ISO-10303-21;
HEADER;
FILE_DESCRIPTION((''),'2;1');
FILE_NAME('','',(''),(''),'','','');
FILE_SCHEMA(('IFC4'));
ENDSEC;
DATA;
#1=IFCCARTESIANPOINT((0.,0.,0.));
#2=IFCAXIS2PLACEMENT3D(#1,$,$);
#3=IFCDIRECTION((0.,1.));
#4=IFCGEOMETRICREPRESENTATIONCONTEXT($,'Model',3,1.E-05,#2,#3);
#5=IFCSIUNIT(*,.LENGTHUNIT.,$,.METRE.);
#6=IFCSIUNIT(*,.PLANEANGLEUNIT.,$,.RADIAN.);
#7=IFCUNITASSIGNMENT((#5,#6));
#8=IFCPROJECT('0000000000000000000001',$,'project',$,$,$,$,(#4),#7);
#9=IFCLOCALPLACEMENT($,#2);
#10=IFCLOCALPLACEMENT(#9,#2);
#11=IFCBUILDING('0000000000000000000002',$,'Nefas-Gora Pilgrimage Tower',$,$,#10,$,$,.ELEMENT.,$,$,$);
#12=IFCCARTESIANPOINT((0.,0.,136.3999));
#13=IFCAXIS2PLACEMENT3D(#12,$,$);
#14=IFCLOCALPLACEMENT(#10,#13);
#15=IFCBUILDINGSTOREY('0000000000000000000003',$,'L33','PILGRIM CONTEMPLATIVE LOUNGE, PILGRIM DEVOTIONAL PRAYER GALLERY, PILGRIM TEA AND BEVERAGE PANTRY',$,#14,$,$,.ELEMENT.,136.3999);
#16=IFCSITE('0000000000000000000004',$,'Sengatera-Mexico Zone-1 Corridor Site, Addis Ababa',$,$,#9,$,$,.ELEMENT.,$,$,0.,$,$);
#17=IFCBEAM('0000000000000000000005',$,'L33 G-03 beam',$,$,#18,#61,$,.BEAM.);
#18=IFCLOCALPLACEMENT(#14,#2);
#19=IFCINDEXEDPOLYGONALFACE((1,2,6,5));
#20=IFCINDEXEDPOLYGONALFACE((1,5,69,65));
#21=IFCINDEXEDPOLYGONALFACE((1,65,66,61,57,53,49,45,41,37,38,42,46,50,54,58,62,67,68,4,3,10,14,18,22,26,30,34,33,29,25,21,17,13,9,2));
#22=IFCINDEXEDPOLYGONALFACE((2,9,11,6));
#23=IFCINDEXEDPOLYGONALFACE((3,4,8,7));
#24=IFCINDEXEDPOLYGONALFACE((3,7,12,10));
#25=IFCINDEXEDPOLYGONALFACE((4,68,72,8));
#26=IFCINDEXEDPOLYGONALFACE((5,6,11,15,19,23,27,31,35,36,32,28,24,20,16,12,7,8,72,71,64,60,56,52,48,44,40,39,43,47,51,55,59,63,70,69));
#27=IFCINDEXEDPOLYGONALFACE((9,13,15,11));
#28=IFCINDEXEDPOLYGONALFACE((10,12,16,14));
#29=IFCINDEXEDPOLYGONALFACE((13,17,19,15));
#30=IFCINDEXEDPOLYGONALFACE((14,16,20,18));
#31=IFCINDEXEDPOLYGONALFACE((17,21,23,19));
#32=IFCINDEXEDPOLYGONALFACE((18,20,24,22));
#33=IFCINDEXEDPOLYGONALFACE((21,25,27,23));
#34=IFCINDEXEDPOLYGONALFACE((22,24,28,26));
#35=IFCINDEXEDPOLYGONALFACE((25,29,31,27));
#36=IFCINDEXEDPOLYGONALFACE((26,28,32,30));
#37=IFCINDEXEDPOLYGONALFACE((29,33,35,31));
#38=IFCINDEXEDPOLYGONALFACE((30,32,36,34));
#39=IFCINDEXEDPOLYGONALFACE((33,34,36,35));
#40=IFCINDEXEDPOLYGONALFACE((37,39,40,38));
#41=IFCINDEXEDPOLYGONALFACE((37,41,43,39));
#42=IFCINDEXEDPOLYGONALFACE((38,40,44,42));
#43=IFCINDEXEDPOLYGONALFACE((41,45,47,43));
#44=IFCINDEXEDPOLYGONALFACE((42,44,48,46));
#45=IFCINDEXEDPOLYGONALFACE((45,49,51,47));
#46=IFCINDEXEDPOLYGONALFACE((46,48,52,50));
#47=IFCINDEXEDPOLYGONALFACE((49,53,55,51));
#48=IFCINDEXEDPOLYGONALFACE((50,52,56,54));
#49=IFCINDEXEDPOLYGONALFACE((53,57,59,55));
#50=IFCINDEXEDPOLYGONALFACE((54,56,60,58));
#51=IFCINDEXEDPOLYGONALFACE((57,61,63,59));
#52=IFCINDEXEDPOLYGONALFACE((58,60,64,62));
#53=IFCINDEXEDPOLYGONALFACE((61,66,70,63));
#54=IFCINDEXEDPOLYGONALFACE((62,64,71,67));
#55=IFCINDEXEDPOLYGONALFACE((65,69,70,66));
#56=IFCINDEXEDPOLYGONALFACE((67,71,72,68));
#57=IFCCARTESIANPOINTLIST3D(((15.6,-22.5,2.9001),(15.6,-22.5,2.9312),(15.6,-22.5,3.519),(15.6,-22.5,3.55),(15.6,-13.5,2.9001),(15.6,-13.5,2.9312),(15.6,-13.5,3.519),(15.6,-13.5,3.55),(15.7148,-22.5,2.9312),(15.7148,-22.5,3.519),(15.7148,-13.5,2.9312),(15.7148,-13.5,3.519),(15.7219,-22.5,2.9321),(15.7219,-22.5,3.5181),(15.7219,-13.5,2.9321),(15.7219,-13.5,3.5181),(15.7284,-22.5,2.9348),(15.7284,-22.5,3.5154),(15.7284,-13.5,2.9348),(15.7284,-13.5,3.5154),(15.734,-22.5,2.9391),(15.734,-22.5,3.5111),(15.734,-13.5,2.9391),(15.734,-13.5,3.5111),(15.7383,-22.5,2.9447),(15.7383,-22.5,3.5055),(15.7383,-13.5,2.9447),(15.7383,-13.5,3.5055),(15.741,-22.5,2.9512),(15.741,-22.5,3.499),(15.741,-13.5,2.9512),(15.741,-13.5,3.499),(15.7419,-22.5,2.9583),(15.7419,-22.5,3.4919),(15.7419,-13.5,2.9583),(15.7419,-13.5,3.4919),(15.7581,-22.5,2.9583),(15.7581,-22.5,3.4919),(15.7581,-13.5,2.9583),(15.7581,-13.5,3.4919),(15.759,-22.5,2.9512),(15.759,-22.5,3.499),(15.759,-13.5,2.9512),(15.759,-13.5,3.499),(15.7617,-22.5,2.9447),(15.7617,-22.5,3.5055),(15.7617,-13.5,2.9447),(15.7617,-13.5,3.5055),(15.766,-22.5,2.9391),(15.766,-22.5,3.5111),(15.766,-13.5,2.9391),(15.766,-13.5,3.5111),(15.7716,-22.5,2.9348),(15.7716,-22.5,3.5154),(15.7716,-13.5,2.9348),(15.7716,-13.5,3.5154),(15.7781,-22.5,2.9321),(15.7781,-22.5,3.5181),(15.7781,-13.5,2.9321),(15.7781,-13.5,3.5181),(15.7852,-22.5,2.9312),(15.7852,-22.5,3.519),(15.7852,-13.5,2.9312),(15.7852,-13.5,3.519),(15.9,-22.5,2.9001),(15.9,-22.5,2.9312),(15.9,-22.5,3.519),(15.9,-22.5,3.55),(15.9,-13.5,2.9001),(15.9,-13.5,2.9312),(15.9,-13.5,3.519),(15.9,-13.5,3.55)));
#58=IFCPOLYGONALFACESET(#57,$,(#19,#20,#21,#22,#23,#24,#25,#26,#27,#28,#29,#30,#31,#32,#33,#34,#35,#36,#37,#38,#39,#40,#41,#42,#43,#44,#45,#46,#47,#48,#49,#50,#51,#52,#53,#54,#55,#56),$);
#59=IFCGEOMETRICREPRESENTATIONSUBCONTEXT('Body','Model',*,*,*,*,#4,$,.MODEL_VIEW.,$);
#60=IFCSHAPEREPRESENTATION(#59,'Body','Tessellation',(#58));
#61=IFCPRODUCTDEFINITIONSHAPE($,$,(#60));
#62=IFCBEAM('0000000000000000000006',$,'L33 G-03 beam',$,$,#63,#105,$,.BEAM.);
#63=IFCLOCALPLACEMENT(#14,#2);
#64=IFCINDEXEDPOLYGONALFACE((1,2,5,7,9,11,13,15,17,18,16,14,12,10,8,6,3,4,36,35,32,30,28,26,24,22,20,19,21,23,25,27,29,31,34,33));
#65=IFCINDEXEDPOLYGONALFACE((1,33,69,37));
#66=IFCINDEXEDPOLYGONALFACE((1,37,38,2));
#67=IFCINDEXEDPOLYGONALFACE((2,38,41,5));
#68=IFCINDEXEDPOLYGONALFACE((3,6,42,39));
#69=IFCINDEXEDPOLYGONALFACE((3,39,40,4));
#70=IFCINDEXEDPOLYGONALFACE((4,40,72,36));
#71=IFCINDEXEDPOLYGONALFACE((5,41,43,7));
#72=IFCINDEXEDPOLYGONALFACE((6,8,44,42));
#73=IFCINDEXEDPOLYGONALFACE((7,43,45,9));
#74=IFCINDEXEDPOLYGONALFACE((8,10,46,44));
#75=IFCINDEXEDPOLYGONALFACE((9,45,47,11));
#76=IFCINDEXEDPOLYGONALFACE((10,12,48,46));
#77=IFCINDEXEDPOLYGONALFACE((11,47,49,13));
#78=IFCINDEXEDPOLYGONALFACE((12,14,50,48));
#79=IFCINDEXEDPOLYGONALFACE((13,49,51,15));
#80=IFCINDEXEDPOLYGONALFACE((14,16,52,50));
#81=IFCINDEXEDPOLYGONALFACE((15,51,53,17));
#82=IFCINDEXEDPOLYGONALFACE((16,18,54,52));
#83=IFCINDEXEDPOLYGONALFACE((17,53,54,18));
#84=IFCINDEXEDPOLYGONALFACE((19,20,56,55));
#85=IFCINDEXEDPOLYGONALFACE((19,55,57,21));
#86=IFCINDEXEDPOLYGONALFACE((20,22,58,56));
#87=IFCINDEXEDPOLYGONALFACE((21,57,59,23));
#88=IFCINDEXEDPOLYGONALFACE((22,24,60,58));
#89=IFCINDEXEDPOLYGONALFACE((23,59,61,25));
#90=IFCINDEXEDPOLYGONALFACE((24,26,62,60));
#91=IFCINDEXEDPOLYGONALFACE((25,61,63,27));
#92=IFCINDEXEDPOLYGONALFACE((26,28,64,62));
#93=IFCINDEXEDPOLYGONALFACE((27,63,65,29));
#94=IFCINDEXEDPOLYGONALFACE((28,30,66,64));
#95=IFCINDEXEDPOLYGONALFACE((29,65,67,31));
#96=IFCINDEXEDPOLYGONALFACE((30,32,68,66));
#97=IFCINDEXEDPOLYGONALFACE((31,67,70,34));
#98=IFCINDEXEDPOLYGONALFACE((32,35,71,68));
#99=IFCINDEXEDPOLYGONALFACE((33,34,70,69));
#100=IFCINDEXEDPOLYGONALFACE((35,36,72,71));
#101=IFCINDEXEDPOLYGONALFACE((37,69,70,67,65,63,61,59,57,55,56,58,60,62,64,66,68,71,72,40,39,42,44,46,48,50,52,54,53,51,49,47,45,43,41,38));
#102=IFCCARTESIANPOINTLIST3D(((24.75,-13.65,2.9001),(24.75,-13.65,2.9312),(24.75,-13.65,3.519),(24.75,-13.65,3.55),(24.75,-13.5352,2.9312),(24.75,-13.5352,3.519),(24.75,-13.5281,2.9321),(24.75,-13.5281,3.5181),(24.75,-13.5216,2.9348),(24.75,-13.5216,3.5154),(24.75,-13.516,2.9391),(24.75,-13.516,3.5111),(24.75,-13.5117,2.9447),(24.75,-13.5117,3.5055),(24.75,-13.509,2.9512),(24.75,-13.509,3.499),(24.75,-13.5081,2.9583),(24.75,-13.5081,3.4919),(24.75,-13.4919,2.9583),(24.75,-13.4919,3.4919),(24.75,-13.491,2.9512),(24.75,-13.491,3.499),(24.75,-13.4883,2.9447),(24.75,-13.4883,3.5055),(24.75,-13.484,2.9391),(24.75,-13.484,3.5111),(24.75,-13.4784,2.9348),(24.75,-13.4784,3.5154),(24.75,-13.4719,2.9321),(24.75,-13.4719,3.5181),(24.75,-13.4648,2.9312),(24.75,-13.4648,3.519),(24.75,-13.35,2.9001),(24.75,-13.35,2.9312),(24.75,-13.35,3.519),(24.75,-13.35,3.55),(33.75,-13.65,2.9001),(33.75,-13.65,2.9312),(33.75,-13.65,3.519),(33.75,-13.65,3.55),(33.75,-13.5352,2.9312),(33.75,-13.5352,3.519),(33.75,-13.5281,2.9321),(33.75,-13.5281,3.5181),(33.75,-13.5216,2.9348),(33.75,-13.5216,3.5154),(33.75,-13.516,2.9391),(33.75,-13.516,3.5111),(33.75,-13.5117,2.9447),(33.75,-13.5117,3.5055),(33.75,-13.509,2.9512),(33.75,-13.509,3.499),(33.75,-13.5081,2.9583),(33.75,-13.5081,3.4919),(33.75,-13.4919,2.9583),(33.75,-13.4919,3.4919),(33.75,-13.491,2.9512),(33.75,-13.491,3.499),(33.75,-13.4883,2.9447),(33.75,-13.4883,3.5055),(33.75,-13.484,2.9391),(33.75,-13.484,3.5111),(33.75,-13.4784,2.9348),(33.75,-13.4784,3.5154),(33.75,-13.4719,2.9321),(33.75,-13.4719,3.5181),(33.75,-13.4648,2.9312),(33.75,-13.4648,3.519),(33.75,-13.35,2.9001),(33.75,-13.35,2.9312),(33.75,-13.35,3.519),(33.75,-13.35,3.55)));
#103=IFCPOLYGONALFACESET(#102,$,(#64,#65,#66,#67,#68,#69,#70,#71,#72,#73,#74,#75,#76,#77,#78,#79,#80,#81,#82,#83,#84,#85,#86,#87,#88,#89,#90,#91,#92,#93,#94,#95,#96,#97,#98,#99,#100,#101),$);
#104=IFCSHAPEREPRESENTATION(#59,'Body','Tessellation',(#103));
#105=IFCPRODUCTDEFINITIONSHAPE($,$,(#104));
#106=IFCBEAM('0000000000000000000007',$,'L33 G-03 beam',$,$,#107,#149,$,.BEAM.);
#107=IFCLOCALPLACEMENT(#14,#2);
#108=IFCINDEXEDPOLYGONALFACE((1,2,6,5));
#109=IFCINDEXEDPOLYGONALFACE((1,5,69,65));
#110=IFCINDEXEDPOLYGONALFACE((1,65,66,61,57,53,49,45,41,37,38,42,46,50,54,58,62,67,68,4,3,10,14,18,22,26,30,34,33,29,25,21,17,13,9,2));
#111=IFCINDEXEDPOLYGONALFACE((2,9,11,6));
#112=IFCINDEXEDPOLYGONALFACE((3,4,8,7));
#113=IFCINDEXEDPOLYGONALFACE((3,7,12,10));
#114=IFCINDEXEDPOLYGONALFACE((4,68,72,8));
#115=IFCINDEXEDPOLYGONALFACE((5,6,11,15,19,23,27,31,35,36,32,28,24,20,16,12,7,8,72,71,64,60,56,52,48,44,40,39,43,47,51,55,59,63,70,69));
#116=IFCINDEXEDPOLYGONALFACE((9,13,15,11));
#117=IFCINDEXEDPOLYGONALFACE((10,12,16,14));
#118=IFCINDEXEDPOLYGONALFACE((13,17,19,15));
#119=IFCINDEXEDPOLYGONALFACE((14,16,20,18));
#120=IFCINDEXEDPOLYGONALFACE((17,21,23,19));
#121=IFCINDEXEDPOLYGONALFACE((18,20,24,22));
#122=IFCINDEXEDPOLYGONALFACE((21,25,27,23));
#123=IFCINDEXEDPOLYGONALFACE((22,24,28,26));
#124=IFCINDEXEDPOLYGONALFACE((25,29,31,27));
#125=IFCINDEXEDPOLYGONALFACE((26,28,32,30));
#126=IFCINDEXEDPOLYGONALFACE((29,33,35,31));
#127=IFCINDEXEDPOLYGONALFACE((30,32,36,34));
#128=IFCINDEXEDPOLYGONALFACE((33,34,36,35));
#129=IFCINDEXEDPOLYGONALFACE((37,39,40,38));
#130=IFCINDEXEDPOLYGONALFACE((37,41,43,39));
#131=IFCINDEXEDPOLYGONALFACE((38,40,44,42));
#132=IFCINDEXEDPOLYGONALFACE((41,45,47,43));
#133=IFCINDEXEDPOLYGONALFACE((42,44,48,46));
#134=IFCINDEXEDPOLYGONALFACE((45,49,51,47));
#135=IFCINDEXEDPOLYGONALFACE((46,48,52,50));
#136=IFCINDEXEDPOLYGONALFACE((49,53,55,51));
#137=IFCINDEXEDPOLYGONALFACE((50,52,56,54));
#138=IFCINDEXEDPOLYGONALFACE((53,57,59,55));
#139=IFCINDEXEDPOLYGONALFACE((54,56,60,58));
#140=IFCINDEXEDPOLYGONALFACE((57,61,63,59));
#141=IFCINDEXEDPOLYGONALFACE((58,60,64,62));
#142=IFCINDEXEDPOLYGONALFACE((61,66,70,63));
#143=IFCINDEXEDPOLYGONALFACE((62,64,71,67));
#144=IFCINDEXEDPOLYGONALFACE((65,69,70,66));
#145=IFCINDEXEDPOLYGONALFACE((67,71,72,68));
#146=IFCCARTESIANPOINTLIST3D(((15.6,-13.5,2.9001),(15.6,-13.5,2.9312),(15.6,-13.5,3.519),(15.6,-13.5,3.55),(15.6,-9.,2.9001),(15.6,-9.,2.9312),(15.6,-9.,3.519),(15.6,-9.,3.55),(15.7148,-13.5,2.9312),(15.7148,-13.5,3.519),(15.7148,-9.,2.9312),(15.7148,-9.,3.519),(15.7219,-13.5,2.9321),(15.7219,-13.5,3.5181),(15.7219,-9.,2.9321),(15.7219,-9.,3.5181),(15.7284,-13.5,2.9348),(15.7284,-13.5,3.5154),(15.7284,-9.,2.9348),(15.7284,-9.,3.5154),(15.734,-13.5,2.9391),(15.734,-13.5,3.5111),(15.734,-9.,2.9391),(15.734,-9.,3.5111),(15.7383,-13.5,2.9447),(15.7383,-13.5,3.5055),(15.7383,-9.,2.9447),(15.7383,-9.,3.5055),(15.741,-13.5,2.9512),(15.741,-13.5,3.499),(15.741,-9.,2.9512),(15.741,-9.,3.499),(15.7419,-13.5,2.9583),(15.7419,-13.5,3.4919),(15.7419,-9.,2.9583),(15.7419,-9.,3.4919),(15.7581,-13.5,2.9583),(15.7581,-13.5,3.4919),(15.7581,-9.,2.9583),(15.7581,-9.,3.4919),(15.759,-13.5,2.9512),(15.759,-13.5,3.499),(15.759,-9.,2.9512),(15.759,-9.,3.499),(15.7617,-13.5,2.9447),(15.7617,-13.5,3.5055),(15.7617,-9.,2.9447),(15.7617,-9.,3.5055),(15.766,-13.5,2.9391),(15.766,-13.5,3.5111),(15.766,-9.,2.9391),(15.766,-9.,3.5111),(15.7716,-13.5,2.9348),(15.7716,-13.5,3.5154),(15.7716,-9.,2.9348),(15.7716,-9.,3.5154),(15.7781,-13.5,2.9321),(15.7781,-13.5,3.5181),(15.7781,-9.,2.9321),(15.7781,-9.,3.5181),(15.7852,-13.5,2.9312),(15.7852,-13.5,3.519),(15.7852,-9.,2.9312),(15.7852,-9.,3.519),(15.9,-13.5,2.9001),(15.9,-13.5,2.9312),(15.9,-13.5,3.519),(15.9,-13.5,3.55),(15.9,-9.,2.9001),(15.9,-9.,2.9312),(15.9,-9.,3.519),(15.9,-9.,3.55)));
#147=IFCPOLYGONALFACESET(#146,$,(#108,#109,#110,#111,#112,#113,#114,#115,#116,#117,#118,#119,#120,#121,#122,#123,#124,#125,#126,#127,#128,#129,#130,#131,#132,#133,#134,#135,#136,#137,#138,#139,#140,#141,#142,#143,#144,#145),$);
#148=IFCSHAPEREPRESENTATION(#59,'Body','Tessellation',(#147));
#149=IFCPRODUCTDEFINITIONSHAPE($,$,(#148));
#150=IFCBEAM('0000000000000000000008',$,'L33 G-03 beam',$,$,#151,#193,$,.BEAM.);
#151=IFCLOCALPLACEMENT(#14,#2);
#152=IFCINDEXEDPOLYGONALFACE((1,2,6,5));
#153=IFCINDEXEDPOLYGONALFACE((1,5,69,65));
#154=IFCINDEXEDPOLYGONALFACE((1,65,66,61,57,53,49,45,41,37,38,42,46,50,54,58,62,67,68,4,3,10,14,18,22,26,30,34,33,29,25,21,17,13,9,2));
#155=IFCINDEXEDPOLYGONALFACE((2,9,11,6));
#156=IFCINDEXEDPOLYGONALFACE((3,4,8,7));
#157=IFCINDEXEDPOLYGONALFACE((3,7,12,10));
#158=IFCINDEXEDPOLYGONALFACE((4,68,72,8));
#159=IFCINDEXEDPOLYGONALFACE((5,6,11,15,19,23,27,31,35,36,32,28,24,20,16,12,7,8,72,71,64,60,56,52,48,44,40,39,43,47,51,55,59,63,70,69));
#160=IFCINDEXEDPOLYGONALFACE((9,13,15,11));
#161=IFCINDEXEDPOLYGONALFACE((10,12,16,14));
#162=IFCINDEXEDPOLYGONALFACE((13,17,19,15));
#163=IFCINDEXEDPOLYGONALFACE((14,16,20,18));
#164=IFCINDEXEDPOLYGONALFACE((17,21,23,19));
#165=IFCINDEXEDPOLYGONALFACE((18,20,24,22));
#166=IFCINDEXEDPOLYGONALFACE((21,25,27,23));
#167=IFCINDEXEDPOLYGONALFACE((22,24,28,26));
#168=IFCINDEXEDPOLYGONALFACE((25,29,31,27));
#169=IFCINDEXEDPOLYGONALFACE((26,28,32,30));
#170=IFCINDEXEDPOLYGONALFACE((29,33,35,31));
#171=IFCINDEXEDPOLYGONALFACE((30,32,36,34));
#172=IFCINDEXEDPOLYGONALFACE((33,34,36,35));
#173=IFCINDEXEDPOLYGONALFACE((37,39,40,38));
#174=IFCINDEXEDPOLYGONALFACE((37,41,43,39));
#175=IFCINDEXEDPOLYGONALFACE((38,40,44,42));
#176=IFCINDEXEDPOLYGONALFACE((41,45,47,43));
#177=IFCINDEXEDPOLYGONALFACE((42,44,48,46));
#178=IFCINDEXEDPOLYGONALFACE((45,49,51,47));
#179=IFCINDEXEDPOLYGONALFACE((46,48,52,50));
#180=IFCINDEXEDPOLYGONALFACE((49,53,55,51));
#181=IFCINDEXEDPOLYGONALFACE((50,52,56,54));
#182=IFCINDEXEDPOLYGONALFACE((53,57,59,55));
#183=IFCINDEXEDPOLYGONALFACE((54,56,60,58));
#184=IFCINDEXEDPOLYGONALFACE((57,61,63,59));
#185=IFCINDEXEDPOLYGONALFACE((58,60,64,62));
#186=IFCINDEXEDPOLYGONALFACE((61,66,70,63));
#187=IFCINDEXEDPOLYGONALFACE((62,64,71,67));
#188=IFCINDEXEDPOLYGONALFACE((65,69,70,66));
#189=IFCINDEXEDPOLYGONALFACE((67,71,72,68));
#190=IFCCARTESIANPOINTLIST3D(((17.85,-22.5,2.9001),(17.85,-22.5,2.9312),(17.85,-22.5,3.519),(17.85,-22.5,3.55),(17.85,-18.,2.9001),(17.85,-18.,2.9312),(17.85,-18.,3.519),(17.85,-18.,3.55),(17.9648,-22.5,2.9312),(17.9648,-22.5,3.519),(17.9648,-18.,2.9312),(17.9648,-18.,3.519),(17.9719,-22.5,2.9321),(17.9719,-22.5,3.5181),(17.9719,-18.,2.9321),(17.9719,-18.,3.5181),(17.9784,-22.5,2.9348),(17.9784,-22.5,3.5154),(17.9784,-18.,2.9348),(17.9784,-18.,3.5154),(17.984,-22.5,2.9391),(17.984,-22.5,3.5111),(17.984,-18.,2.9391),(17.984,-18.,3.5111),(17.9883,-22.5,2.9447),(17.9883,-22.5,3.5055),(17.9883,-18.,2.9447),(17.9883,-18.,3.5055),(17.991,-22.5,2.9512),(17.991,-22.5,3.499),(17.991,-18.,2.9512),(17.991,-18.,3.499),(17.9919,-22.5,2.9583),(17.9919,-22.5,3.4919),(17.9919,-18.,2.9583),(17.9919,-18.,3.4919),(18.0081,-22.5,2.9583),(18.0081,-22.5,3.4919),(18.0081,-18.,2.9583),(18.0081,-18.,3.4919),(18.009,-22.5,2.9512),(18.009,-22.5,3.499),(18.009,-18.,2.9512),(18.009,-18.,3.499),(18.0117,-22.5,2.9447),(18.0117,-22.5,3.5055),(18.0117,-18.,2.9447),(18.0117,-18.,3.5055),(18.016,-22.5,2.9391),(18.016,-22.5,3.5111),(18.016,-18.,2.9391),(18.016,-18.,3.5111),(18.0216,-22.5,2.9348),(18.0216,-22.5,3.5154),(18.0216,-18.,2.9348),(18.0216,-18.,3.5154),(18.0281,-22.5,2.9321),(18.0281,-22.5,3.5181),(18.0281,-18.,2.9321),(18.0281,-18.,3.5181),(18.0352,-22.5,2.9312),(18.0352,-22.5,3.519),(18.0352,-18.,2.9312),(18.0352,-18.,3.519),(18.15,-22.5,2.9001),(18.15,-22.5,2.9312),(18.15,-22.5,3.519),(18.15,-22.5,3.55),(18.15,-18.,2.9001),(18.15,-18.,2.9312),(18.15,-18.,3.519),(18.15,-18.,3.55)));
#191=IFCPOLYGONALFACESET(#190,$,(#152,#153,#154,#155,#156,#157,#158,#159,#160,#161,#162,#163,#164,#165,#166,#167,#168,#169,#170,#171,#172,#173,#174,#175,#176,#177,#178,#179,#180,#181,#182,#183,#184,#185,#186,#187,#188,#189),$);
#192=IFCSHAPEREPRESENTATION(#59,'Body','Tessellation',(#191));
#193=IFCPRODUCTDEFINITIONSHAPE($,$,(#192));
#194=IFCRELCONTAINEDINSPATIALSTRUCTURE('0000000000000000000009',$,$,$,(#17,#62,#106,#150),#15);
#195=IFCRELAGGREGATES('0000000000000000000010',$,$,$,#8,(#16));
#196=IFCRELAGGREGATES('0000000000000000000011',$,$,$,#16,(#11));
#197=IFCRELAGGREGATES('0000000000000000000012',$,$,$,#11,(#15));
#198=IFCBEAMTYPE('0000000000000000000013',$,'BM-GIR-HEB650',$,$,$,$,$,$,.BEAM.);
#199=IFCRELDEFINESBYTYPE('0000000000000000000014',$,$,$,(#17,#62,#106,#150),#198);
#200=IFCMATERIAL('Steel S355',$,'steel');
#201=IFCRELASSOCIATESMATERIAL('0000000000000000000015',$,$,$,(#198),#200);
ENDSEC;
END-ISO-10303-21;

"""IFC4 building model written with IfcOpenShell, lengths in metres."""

from ifc_helpers import new_model, si_unit, direction, frame, origin, origin_2d, place, context, subcontext, project, spatial, i_section, extrude, source, transform, mapped, material, material_profile, profile_set, type_object, element, save


model = new_model("IFC4")

# Units and contexts
model_context = context("Model", 3, precision=1e-05, world=origin(), true_north=direction((0.0, 1.0)))
body_context = subcontext(model_context, "Body", "Model", "MODEL_VIEW")
ifc_project = project(units=[si_unit("LENGTHUNIT", "METRE"), si_unit("PLANEANGLEUNIT", "RADIAN")], contexts=[model_context])

# Site, building, storey
site_placement = place(None, origin())
site = spatial("IfcSite", under=ifc_project, at=site_placement, Name="Sengatera-Mexico Zone-1 Corridor Site, Addis Ababa", CompositionType="ELEMENT", RefElevation=0.0)
building_placement = place(site_placement, origin())
building = spatial("IfcBuilding", under=site, at=building_placement, Name="Nefas-Gora Pilgrimage Tower", CompositionType="ELEMENT")
storey_placement = place(building_placement, frame((0.0, 0.0, 136.3999)))
storey = spatial("IfcBuildingStorey", under=building, at=storey_placement, Name="L33", Description="PILGRIM CONTEMPLATIVE LOUNGE, PILGRIM DEVOTIONAL PRAYER GALLERY, PILGRIM TEA AND BEVERAGE PANTRY", CompositionType="ELEMENT", Elevation=136.3999)

# Beams
ifc_material_1 = material(Name="Steel S355", Category="steel")
ifc_material_profile_1 = material_profile(ifc_material_1, i_section(OverallWidth=0.3, OverallDepth=0.6499, WebThickness=0.0161, FlangeThickness=0.031, FilletRadius=0.0271, at=origin_2d()), Name="HEB 650")
ifc_profile_set_1 = profile_set([ifc_material_profile_1], Name="Steel S355")
beam_type_1 = type_object("IfcBeamType", Name="BM-GIR-HEB650", PredefinedType="BEAM", material=ifc_profile_set_1)
shared_shape_1 = source(origin(), body_context, "Body", "SweptSolid", [
    extrude(i_section(OverallWidth=0.3, OverallDepth=0.6499, WebThickness=0.0161, FlangeThickness=0.031, FilletRadius=0.0271, at=origin_2d()), origin(), (0.0, 0.0, 1.0), 9.0),
])
for number, where, z_axis, x_axis, name in (
    (1, (15.75, -22.5, 3.2251), (0.0, 1.0, 0.0), (-1.0, 0.0, 0.0), "L33 G-03 beam"),
    (2, (24.75, -13.5, 3.2251), (1.0, 0.0, 0.0), (0.0, 1.0, 0.0), "L33 G-03 beam"),
):
    element("IfcBeam", number, at=place(storey_placement, frame(where, z_axis=z_axis, x_axis=x_axis)), inside=storey, type_object=beam_type_1, Name=name, PredefinedType="BEAM", context=body_context, shape_type="MappedRepresentation", body=[
        mapped(shared_shape_1, transform((0.0, 0.0, 0.0), x_axis=(1.0, 0.0, 0.0), y_axis=(0.0, 1.0, 0.0), z_axis=(0.0, 0.0, 1.0), scale=1.0)),
    ])
shared_shape_2 = source(origin(), body_context, "Body", "SweptSolid", [
    extrude(i_section(OverallWidth=0.3, OverallDepth=0.6499, WebThickness=0.0161, FlangeThickness=0.031, FilletRadius=0.0271, at=origin_2d()), origin(), (0.0, 0.0, 1.0), 4.5),
])
for number, where, z_axis, x_axis, name in (
    (3, (15.75, -13.5, 3.2251), (0.0, 1.0, 0.0), (-1.0, 0.0, 0.0), "L33 G-03 beam"),
    (4, (18.0, -22.5, 3.2251), (0.0, 1.0, 0.0), (-1.0, 0.0, 0.0), "L33 G-03 beam"),
):
    element("IfcBeam", number, at=place(storey_placement, frame(where, z_axis=z_axis, x_axis=x_axis)), inside=storey, type_object=beam_type_1, Name=name, PredefinedType="BEAM", context=body_context, shape_type="MappedRepresentation", body=[
        mapped(shared_shape_2, transform((0.0, 0.0, 0.0), x_axis=(1.0, 0.0, 0.0), y_axis=(0.0, 1.0, 0.0), z_axis=(0.0, 0.0, 1.0), scale=1.0)),
    ])

save(model, "model.ifc")
